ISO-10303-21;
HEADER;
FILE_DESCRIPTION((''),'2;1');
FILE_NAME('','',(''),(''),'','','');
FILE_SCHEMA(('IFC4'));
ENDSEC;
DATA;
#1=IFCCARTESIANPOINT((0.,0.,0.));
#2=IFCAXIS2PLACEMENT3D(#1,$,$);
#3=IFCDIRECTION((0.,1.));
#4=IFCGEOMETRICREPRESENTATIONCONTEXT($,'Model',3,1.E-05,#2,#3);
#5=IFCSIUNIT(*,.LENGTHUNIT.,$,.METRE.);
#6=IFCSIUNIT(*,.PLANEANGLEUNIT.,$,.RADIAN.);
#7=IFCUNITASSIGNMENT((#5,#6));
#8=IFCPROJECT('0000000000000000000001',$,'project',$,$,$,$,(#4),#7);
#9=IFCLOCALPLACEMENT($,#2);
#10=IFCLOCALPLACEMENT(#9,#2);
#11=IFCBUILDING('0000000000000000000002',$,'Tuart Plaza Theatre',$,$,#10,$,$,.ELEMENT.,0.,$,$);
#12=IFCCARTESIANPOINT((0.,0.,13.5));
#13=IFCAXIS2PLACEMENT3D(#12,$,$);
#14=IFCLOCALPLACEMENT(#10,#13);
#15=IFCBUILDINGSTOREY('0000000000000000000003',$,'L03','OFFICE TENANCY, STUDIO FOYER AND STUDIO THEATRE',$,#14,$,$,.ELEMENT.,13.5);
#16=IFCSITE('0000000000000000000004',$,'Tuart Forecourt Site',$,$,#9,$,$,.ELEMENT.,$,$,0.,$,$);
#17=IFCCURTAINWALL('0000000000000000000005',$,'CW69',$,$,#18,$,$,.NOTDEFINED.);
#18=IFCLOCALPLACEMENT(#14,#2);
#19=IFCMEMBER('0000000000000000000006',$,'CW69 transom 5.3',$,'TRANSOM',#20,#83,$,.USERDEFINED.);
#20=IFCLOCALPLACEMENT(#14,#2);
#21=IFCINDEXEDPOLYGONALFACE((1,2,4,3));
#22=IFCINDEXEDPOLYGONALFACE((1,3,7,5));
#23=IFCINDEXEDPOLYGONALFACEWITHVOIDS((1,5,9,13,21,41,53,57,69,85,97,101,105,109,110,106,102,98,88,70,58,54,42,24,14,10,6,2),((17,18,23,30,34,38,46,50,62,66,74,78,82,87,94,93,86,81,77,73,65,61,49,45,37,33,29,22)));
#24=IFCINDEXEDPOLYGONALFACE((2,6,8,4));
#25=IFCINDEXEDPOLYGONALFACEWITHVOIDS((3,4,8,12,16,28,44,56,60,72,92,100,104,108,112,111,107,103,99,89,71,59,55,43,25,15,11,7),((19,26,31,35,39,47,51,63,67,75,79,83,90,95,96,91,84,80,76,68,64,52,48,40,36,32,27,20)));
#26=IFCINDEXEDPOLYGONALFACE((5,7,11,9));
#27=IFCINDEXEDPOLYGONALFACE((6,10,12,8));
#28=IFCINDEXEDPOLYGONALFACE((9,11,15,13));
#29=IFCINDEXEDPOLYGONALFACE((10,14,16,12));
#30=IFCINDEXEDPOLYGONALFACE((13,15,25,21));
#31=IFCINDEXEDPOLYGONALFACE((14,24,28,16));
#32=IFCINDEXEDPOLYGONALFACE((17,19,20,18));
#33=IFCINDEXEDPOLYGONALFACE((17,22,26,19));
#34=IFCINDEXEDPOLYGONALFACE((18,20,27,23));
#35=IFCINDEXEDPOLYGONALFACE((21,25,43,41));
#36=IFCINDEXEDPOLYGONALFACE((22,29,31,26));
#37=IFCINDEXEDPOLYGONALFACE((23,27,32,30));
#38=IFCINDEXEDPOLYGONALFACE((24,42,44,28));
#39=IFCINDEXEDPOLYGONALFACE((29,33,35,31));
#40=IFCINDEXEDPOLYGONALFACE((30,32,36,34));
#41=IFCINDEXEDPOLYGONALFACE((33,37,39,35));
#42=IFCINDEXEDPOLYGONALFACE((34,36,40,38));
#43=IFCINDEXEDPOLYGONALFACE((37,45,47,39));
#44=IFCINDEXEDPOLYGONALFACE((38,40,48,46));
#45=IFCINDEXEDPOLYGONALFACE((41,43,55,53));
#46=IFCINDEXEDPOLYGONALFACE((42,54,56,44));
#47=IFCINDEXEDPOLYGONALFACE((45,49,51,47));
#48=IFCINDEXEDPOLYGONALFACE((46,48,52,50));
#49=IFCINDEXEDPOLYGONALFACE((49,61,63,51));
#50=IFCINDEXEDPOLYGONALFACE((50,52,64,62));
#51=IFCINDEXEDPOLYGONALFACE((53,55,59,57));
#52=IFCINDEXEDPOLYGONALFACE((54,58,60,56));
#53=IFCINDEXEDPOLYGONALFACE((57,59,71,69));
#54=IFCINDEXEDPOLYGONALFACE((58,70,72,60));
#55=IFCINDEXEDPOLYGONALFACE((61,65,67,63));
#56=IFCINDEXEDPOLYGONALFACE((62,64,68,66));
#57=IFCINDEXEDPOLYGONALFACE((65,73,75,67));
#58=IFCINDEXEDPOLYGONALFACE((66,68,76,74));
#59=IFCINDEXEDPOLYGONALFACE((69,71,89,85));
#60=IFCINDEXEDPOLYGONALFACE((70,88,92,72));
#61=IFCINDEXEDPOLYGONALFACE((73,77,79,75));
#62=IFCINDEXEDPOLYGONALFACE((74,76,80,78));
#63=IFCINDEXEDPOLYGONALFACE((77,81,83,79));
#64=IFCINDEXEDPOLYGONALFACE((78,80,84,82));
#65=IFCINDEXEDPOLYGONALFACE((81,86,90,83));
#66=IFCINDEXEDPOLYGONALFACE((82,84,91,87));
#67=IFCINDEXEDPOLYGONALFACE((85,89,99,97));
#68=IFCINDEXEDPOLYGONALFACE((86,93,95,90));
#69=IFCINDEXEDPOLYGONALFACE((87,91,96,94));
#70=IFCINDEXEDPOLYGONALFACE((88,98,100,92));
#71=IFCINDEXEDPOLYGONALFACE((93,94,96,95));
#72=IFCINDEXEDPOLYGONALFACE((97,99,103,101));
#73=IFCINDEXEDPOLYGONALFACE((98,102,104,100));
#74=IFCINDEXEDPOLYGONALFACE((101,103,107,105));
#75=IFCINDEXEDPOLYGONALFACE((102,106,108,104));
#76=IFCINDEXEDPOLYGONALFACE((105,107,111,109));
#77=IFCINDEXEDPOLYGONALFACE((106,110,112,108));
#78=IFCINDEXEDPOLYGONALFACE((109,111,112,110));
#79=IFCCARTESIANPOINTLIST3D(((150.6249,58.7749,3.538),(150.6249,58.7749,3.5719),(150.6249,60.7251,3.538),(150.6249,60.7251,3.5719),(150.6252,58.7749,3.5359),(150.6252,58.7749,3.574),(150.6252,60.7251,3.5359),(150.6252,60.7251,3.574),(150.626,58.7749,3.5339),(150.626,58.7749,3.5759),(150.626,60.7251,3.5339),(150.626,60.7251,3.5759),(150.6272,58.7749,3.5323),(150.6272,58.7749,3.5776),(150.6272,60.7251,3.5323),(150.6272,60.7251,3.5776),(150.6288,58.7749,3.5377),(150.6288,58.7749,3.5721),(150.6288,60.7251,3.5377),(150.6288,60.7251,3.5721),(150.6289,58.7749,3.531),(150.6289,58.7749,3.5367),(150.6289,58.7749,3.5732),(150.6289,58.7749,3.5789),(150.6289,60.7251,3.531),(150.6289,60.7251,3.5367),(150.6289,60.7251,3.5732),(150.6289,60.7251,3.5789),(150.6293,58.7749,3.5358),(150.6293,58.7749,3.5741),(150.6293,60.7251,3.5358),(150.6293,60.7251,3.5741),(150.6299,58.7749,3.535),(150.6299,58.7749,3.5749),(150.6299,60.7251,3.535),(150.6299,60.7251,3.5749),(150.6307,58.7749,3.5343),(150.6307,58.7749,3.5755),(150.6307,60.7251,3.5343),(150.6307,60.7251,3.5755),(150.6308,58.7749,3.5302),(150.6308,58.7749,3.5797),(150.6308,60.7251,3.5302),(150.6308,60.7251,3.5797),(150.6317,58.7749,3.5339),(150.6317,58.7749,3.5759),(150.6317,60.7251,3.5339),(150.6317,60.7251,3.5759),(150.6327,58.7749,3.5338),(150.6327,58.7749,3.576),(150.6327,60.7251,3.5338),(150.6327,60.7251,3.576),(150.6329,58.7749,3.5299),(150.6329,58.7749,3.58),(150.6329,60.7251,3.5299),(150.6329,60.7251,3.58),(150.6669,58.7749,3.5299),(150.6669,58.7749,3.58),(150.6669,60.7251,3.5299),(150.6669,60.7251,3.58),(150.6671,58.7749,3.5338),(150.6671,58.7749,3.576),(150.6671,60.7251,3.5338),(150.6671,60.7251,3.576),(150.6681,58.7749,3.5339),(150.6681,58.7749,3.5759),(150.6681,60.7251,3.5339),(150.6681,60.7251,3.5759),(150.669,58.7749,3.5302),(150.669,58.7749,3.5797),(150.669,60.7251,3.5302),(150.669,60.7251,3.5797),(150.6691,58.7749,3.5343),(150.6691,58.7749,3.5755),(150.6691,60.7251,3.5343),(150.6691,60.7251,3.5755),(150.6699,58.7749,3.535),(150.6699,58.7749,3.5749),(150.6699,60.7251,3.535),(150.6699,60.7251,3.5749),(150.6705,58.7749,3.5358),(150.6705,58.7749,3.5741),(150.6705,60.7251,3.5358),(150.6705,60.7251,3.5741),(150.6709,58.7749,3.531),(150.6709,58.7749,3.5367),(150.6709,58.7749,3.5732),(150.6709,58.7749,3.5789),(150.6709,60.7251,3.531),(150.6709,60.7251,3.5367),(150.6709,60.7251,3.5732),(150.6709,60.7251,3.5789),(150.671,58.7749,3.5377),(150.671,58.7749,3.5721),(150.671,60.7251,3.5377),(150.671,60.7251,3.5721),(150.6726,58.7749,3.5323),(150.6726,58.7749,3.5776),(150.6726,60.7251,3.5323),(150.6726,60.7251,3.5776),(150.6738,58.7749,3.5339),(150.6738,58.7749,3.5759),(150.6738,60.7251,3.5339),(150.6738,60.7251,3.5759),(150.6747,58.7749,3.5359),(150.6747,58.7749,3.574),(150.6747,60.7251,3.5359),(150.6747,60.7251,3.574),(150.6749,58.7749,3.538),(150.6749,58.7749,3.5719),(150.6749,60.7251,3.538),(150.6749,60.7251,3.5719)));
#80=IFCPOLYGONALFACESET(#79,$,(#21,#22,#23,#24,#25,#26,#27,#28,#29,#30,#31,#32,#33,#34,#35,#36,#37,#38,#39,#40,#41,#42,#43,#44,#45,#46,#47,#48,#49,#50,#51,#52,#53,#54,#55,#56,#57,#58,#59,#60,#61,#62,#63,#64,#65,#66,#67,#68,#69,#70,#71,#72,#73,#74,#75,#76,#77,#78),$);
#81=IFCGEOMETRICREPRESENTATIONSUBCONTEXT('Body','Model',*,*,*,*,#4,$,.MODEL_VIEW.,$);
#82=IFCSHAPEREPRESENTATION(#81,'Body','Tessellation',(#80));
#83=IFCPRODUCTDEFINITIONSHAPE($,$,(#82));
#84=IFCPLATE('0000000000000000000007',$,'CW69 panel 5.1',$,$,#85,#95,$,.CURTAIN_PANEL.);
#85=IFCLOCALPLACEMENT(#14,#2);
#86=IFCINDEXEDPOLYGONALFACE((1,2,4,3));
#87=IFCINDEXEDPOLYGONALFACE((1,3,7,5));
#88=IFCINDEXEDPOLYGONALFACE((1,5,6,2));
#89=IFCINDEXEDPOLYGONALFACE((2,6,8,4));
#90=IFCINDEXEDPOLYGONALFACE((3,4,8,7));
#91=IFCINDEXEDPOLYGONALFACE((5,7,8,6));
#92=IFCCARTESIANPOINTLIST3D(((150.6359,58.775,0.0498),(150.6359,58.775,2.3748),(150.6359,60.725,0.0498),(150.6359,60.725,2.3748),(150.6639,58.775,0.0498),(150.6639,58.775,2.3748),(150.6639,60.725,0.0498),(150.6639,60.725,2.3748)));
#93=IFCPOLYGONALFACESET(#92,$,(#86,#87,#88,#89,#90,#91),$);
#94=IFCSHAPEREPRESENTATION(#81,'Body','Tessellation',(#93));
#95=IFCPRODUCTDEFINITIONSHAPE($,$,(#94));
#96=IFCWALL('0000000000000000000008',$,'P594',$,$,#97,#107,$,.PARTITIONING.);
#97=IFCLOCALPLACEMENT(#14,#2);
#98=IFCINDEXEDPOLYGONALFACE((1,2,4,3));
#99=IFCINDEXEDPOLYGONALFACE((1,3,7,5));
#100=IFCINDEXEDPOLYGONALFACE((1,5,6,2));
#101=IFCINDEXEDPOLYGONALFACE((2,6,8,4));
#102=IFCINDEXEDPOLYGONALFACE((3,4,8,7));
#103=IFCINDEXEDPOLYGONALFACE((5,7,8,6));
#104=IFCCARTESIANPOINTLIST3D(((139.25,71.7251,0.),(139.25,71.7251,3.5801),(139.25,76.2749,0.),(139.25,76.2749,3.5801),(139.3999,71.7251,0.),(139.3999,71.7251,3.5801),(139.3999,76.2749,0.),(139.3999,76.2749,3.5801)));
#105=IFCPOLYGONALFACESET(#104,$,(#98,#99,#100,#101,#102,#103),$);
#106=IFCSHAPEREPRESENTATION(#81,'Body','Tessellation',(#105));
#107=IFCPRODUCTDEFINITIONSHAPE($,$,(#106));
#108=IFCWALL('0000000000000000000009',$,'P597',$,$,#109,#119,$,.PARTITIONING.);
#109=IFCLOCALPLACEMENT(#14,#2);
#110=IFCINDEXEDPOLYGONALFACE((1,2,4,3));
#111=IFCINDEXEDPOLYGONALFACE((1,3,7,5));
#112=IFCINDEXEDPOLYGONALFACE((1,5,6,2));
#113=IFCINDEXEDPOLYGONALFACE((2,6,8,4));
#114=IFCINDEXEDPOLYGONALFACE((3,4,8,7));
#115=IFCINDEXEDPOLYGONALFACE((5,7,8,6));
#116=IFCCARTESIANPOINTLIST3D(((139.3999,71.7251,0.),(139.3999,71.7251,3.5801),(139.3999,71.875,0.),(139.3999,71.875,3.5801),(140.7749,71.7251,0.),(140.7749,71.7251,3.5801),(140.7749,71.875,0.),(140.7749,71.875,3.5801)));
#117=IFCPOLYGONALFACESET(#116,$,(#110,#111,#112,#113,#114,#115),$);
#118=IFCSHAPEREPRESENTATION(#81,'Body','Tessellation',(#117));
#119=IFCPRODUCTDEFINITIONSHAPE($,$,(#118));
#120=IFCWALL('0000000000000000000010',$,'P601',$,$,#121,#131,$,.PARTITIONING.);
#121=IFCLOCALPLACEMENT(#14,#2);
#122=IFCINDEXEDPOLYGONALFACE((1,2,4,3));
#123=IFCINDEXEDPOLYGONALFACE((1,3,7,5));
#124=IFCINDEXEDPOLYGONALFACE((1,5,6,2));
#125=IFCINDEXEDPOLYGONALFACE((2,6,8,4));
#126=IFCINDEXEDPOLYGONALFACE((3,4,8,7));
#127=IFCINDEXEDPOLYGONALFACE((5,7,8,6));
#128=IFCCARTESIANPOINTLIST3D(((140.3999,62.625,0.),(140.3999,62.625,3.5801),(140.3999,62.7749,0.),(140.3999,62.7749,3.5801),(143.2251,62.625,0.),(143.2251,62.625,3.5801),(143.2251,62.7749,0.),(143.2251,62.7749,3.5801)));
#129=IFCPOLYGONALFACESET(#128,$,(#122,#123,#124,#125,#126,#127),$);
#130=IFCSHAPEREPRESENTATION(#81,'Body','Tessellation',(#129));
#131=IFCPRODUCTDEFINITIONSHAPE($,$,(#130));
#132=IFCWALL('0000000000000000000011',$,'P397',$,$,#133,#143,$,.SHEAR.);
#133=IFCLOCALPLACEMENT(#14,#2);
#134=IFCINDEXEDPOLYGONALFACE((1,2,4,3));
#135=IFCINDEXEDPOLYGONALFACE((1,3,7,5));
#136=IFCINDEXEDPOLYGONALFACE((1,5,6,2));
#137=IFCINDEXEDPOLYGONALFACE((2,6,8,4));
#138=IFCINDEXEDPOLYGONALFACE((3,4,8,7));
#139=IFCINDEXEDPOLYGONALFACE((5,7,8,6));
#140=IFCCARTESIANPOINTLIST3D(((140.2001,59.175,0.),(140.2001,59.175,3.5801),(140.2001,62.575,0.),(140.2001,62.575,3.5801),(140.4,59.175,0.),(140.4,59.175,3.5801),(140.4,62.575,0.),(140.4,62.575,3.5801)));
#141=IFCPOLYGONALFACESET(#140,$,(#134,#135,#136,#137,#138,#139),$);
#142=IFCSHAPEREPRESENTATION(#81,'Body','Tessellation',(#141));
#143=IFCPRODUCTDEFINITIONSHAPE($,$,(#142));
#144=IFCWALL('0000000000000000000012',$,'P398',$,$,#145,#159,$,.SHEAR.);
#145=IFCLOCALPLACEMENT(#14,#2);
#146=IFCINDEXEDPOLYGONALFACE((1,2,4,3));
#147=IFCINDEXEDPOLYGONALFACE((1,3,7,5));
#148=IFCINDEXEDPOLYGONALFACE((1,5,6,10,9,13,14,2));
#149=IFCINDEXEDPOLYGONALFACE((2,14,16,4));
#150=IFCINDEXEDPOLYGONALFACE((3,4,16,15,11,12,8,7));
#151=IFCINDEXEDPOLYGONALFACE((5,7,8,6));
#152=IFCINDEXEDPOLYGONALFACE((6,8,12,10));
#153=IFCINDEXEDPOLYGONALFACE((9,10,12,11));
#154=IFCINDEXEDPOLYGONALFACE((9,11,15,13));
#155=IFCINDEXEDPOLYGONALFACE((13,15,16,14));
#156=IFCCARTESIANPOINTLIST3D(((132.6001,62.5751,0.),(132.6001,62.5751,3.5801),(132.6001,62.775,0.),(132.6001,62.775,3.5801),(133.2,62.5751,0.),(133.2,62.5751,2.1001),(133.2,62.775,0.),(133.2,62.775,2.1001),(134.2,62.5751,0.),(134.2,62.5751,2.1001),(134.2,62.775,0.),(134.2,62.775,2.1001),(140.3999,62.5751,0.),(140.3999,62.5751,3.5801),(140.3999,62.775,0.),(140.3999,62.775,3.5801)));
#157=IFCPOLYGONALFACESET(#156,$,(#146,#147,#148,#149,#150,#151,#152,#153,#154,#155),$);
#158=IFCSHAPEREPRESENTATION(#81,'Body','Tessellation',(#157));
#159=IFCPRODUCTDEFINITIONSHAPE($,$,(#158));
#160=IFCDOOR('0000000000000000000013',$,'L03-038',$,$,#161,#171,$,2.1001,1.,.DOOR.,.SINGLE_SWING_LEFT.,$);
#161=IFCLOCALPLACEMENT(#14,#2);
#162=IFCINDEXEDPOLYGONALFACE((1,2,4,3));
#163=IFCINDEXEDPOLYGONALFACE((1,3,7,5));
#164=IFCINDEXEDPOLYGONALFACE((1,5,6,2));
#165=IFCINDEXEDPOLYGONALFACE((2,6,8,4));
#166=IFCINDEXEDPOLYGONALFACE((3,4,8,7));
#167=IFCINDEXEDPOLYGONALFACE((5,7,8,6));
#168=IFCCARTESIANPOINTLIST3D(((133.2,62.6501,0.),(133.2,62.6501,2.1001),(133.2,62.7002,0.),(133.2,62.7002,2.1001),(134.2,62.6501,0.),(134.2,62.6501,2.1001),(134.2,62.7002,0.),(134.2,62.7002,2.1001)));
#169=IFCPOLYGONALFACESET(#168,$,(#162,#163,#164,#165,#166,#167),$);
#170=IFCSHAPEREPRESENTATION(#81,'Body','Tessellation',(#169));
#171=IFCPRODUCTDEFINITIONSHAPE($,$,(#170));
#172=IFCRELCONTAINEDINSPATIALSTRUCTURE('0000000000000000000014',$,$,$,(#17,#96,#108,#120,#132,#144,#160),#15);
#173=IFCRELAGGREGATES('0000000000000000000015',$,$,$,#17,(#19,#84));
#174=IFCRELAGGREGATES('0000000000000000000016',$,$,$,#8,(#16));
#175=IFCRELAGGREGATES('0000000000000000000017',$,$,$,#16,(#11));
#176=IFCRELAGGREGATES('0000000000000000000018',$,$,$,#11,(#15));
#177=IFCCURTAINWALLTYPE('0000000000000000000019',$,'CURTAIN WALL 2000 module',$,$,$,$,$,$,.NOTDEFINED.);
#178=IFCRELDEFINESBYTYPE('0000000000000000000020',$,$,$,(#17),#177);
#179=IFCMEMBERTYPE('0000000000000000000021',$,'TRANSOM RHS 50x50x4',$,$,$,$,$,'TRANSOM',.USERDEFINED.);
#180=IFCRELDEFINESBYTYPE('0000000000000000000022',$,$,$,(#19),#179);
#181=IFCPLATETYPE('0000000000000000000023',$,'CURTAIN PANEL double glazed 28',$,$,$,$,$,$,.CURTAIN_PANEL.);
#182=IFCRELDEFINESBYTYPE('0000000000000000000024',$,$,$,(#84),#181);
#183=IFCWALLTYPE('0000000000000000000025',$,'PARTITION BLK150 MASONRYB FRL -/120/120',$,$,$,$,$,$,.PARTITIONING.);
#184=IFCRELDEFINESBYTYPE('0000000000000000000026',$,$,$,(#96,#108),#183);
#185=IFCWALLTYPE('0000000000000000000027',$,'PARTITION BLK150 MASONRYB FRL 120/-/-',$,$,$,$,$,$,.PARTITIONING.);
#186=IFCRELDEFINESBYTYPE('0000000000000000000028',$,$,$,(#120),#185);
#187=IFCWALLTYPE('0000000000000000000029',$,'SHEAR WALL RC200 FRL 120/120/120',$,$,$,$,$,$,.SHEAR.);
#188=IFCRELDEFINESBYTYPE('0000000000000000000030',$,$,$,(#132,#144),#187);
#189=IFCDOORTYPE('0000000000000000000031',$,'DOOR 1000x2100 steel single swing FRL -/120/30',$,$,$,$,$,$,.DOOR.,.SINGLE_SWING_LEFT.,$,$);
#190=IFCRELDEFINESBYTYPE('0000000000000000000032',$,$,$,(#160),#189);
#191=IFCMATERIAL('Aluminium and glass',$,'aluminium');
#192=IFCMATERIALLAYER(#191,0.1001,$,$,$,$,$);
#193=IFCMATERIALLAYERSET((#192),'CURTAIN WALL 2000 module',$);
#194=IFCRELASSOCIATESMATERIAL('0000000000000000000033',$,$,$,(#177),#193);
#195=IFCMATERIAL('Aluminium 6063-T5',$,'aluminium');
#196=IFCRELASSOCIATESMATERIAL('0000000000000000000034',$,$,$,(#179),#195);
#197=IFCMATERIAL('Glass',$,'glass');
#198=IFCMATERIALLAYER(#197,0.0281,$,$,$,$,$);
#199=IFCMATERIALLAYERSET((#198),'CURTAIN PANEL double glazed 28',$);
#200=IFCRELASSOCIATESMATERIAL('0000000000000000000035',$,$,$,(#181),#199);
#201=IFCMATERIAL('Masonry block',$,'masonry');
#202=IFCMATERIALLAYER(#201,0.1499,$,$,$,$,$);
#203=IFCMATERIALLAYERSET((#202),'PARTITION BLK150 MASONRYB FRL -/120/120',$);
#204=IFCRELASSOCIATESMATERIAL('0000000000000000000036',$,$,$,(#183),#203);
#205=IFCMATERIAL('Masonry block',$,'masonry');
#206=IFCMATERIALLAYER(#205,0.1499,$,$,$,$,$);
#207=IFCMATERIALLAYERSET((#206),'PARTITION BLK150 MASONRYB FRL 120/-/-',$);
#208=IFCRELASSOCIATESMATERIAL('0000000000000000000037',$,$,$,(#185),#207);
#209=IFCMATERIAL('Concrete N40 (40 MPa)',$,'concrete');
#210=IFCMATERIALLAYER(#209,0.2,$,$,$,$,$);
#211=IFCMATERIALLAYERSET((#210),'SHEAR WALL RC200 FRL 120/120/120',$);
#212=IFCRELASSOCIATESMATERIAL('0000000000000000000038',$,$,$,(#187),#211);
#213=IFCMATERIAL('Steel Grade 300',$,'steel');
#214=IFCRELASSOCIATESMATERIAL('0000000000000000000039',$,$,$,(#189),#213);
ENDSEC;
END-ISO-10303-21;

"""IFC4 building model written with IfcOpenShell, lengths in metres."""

from ifc_helpers import new_model, si_unit, direction, frame, frame_2d, origin, origin_2d, place, context, subcontext, project, spatial, rectangle, hollow_rectangle, extrude, material, layer, layer_set, material_profile, profile_set, type_object, element, fill, aggregate, save


model = new_model("IFC4")

# Units and contexts
model_context = context("Model", 3, precision=1e-05, world=origin(), true_north=direction((0.0, 1.0)))
body_context = subcontext(model_context, "Body", "Model", "MODEL_VIEW")
ifc_project = project(units=[si_unit("LENGTHUNIT", "METRE"), si_unit("PLANEANGLEUNIT", "RADIAN")], contexts=[model_context])

# Site, building, storey
site_placement = place(None, origin())
site = spatial("IfcSite", under=ifc_project, at=site_placement, Name="Tuart Forecourt Site", CompositionType="ELEMENT", RefElevation=0.0)
building_placement = place(site_placement, origin())
building = spatial("IfcBuilding", under=site, at=building_placement, Name="Tuart Plaza Theatre", CompositionType="ELEMENT", ElevationOfRefHeight=0.0)
storey_placement = place(building_placement, frame((0.0, 0.0, 13.5)))
storey = spatial("IfcBuildingStorey", under=building, at=storey_placement, Name="L03", Description="OFFICE TENANCY, STUDIO FOYER AND STUDIO THEATRE", CompositionType="ELEMENT", Elevation=13.5)

# Curtain wall, member, plate
ifc_material_1 = material(Name="Aluminium and glass", Category="aluminium")
ifc_layer_1 = layer(ifc_material_1, 0.1001)
ifc_layer_set_1 = layer_set([ifc_layer_1], Name="CURTAIN WALL 2000 module")
curtain_wall_type = type_object("IfcCurtainWallType", Name="CURTAIN WALL 2000 module", PredefinedType="NOTDEFINED", material=ifc_layer_set_1)
curtain_wall_placement = place(storey_placement, origin())
curtain_wall = element("IfcCurtainWall", 1, at=curtain_wall_placement, inside=storey, type_object=curtain_wall_type, Name="CW69", PredefinedType="NOTDEFINED")
ifc_material_2 = material(Name="Aluminium 6063-T5", Category="aluminium")
ifc_material_profile_1 = material_profile(ifc_material_2, hollow_rectangle(XDim=0.05, YDim=0.05, WallThickness=0.0039, InnerFilletRadius=0.0039, OuterFilletRadius=0.0081, at=origin_2d()), Name="RHS 50x50x4")
ifc_profile_set_1 = profile_set([ifc_material_profile_1], Name="Aluminium 6063-T5")
member_type_1 = type_object("IfcMemberType", Name="TRANSOM RHS 50x50x4", ElementType="TRANSOM", PredefinedType="USERDEFINED", material=ifc_profile_set_1)
member_1_placement = place(storey_placement, frame((150.6499, 58.7749, 3.5549), z_axis=(0.0, 1.0, 0.0), x_axis=(-1.0, 0.0, 0.0)))
member_1 = element("IfcMember", 2, at=member_1_placement, type_object=member_type_1, Name="CW69 transom 5.3", ObjectType="TRANSOM", PredefinedType="USERDEFINED", context=body_context, shape_type="SweptSolid", body=[
    extrude(hollow_rectangle(XDim=0.05, YDim=0.05, WallThickness=0.0039, InnerFilletRadius=0.0039, OuterFilletRadius=0.0081, at=origin_2d()), origin(), (0.0, 0.0, 1.0), 1.9502),
])
ifc_material_3 = material(Name="Glass", Category="glass")
ifc_layer_2 = layer(ifc_material_3, 0.0281)
ifc_layer_set_2 = layer_set([ifc_layer_2], Name="CURTAIN PANEL double glazed 28")
plate_type = type_object("IfcPlateType", Name="CURTAIN PANEL double glazed 28", PredefinedType="CURTAIN_PANEL", material=ifc_layer_set_2)
plate_placement = place(storey_placement, frame((150.6499, 59.75, 0.0498), z_axis=(0.0, 0.0, 1.0), x_axis=(0.0, 1.0, 0.0)))
plate = element("IfcPlate", 3, at=plate_placement, type_object=plate_type, Name="CW69 panel 5.1", PredefinedType="CURTAIN_PANEL", context=body_context, shape_type="SweptSolid", body=[
    extrude(rectangle(XDim=1.95, YDim=0.0281, at=origin_2d()), origin(), (0.0, 0.0, 1.0), 2.325),
])
aggregate(curtain_wall, [member_1, plate])

# Walls
ifc_material_4 = material(Name="Masonry block", Category="masonry")
ifc_layer_3 = layer(ifc_material_4, 0.1499)
ifc_layer_set_3 = layer_set([ifc_layer_3], Name="PARTITION BLK150 MASONRYB FRL -/120/120")
wall_type_1 = type_object("IfcWallType", Name="PARTITION BLK150 MASONRYB FRL -/120/120", PredefinedType="PARTITIONING", material=ifc_layer_set_3)
wall_1_placement = place(storey_placement, frame((139.325, 71.7251, 0.0), z_axis=(0.0, 0.0, 1.0), x_axis=(0.0, 1.0, 0.0)))
element("IfcWall", 4, at=wall_1_placement, inside=storey, type_object=wall_type_1, Name="P594", PredefinedType="PARTITIONING", context=body_context, shape_type="SweptSolid", body=[
    extrude(rectangle(XDim=4.5498, YDim=0.1499, at=frame_2d((2.2749, 0.0))), origin(), (0.0, 0.0, 1.0), 3.5801),
])
wall_2_placement = place(storey_placement, frame((139.3999, 71.8, 0.0), z_axis=(0.0, 0.0, 1.0), x_axis=(1.0, 0.0, 0.0)))
element("IfcWall", 5, at=wall_2_placement, inside=storey, type_object=wall_type_1, Name="P597", PredefinedType="PARTITIONING", context=body_context, shape_type="SweptSolid", body=[
    extrude(rectangle(XDim=1.375, YDim=0.1499, at=frame_2d((0.6875, 0.0))), origin(), (0.0, 0.0, 1.0), 3.5801),
])
ifc_material_5 = material(Name="Masonry block", Category="masonry")
ifc_layer_4 = layer(ifc_material_5, 0.1499)
ifc_layer_set_4 = layer_set([ifc_layer_4], Name="PARTITION BLK150 MASONRYB FRL 120/-/-")
wall_type_2 = type_object("IfcWallType", Name="PARTITION BLK150 MASONRYB FRL 120/-/-", PredefinedType="PARTITIONING", material=ifc_layer_set_4)
wall_3_placement = place(storey_placement, frame((143.2251, 62.7, 0.0), z_axis=(0.0, 0.0, 1.0), x_axis=(-1.0, 0.0, 0.0)))
element("IfcWall", 6, at=wall_3_placement, inside=storey, type_object=wall_type_2, Name="P601", PredefinedType="PARTITIONING", context=body_context, shape_type="SweptSolid", body=[
    extrude(rectangle(XDim=2.8252, YDim=0.1499, at=frame_2d((1.4126, 0.0))), origin(), (0.0, 0.0, 1.0), 3.5801),
])
ifc_material_6 = material(Name="Concrete N40 (40 MPa)", Category="concrete")
ifc_layer_5 = layer(ifc_material_6, 0.2)
ifc_layer_set_5 = layer_set([ifc_layer_5], Name="SHEAR WALL RC200 FRL 120/120/120")
wall_type_3 = type_object("IfcWallType", Name="SHEAR WALL RC200 FRL 120/120/120", PredefinedType="SHEAR", material=ifc_layer_set_5)
wall_4_placement = place(storey_placement, frame((140.3, 59.175, 0.0), z_axis=(0.0, 0.0, 1.0), x_axis=(0.0, 1.0, 0.0)))
element("IfcWall", 7, at=wall_4_placement, inside=storey, type_object=wall_type_3, Name="P397", PredefinedType="SHEAR", context=body_context, shape_type="SweptSolid", body=[
    extrude(rectangle(XDim=3.3999, YDim=0.2, at=frame_2d((1.7, 0.0))), origin(), (0.0, 0.0, 1.0), 3.5801),
])

# Wall, opening, door
wall_5_placement = place(storey_placement, frame((140.3999, 62.675, 0.0), z_axis=(0.0, 0.0, 1.0), x_axis=(-1.0, 0.0, 0.0)))
wall_5 = element("IfcWall", 8, at=wall_5_placement, inside=storey, type_object=wall_type_3, Name="P398", PredefinedType="SHEAR", context=body_context, shape_type="SweptSolid", body=[
    extrude(rectangle(XDim=7.7998, YDim=0.2, at=frame_2d((3.8999, 0.0))), origin(), (0.0, 0.0, 1.0), 3.5801),
])
opening_1_placement = place(wall_5_placement, frame((6.2, 0.0, 0.0)))
opening_1 = element("IfcOpeningElement", 9, at=opening_1_placement, cuts=wall_5, PredefinedType="OPENING", context=body_context, shape_type="SweptSolid", body=[
    extrude(rectangle(XDim=1.0, YDim=2.1001, at=frame_2d((0.5, 1.05))), frame((0.0, 0.1099, 0.0), z_axis=(0.0, -1.0, 0.0), x_axis=(1.0, 0.0, 0.0)), (0.0, 0.0, 1.0), 0.22),
])
ifc_material_7 = material(Name="Steel Grade 300", Category="steel")
door_type_1 = type_object("IfcDoorType", Name="DOOR 1000x2100 steel single swing FRL -/120/30", OperationType="SINGLE_SWING_LEFT", PredefinedType="DOOR", material=ifc_material_7)
door_1_placement = place(opening_1_placement, origin())
door_1 = element("IfcDoor", 10, at=door_1_placement, inside=storey, type_object=door_type_1, Name="L03-038", OperationType="SINGLE_SWING_LEFT", OverallHeight=2.1001, OverallWidth=1.0, PredefinedType="DOOR", context=body_context, shape_type="SweptSolid", body=[
    extrude(rectangle(XDim=1.0, YDim=2.1001, at=frame_2d((0.5, 1.05))), frame((0.0, 0.0249, 0.0), z_axis=(0.0, -1.0, 0.0), x_axis=(1.0, 0.0, 0.0)), (0.0, 0.0, 1.0), 0.05),
])
fill(opening_1, door_1)

save(model, "model.ifc")
